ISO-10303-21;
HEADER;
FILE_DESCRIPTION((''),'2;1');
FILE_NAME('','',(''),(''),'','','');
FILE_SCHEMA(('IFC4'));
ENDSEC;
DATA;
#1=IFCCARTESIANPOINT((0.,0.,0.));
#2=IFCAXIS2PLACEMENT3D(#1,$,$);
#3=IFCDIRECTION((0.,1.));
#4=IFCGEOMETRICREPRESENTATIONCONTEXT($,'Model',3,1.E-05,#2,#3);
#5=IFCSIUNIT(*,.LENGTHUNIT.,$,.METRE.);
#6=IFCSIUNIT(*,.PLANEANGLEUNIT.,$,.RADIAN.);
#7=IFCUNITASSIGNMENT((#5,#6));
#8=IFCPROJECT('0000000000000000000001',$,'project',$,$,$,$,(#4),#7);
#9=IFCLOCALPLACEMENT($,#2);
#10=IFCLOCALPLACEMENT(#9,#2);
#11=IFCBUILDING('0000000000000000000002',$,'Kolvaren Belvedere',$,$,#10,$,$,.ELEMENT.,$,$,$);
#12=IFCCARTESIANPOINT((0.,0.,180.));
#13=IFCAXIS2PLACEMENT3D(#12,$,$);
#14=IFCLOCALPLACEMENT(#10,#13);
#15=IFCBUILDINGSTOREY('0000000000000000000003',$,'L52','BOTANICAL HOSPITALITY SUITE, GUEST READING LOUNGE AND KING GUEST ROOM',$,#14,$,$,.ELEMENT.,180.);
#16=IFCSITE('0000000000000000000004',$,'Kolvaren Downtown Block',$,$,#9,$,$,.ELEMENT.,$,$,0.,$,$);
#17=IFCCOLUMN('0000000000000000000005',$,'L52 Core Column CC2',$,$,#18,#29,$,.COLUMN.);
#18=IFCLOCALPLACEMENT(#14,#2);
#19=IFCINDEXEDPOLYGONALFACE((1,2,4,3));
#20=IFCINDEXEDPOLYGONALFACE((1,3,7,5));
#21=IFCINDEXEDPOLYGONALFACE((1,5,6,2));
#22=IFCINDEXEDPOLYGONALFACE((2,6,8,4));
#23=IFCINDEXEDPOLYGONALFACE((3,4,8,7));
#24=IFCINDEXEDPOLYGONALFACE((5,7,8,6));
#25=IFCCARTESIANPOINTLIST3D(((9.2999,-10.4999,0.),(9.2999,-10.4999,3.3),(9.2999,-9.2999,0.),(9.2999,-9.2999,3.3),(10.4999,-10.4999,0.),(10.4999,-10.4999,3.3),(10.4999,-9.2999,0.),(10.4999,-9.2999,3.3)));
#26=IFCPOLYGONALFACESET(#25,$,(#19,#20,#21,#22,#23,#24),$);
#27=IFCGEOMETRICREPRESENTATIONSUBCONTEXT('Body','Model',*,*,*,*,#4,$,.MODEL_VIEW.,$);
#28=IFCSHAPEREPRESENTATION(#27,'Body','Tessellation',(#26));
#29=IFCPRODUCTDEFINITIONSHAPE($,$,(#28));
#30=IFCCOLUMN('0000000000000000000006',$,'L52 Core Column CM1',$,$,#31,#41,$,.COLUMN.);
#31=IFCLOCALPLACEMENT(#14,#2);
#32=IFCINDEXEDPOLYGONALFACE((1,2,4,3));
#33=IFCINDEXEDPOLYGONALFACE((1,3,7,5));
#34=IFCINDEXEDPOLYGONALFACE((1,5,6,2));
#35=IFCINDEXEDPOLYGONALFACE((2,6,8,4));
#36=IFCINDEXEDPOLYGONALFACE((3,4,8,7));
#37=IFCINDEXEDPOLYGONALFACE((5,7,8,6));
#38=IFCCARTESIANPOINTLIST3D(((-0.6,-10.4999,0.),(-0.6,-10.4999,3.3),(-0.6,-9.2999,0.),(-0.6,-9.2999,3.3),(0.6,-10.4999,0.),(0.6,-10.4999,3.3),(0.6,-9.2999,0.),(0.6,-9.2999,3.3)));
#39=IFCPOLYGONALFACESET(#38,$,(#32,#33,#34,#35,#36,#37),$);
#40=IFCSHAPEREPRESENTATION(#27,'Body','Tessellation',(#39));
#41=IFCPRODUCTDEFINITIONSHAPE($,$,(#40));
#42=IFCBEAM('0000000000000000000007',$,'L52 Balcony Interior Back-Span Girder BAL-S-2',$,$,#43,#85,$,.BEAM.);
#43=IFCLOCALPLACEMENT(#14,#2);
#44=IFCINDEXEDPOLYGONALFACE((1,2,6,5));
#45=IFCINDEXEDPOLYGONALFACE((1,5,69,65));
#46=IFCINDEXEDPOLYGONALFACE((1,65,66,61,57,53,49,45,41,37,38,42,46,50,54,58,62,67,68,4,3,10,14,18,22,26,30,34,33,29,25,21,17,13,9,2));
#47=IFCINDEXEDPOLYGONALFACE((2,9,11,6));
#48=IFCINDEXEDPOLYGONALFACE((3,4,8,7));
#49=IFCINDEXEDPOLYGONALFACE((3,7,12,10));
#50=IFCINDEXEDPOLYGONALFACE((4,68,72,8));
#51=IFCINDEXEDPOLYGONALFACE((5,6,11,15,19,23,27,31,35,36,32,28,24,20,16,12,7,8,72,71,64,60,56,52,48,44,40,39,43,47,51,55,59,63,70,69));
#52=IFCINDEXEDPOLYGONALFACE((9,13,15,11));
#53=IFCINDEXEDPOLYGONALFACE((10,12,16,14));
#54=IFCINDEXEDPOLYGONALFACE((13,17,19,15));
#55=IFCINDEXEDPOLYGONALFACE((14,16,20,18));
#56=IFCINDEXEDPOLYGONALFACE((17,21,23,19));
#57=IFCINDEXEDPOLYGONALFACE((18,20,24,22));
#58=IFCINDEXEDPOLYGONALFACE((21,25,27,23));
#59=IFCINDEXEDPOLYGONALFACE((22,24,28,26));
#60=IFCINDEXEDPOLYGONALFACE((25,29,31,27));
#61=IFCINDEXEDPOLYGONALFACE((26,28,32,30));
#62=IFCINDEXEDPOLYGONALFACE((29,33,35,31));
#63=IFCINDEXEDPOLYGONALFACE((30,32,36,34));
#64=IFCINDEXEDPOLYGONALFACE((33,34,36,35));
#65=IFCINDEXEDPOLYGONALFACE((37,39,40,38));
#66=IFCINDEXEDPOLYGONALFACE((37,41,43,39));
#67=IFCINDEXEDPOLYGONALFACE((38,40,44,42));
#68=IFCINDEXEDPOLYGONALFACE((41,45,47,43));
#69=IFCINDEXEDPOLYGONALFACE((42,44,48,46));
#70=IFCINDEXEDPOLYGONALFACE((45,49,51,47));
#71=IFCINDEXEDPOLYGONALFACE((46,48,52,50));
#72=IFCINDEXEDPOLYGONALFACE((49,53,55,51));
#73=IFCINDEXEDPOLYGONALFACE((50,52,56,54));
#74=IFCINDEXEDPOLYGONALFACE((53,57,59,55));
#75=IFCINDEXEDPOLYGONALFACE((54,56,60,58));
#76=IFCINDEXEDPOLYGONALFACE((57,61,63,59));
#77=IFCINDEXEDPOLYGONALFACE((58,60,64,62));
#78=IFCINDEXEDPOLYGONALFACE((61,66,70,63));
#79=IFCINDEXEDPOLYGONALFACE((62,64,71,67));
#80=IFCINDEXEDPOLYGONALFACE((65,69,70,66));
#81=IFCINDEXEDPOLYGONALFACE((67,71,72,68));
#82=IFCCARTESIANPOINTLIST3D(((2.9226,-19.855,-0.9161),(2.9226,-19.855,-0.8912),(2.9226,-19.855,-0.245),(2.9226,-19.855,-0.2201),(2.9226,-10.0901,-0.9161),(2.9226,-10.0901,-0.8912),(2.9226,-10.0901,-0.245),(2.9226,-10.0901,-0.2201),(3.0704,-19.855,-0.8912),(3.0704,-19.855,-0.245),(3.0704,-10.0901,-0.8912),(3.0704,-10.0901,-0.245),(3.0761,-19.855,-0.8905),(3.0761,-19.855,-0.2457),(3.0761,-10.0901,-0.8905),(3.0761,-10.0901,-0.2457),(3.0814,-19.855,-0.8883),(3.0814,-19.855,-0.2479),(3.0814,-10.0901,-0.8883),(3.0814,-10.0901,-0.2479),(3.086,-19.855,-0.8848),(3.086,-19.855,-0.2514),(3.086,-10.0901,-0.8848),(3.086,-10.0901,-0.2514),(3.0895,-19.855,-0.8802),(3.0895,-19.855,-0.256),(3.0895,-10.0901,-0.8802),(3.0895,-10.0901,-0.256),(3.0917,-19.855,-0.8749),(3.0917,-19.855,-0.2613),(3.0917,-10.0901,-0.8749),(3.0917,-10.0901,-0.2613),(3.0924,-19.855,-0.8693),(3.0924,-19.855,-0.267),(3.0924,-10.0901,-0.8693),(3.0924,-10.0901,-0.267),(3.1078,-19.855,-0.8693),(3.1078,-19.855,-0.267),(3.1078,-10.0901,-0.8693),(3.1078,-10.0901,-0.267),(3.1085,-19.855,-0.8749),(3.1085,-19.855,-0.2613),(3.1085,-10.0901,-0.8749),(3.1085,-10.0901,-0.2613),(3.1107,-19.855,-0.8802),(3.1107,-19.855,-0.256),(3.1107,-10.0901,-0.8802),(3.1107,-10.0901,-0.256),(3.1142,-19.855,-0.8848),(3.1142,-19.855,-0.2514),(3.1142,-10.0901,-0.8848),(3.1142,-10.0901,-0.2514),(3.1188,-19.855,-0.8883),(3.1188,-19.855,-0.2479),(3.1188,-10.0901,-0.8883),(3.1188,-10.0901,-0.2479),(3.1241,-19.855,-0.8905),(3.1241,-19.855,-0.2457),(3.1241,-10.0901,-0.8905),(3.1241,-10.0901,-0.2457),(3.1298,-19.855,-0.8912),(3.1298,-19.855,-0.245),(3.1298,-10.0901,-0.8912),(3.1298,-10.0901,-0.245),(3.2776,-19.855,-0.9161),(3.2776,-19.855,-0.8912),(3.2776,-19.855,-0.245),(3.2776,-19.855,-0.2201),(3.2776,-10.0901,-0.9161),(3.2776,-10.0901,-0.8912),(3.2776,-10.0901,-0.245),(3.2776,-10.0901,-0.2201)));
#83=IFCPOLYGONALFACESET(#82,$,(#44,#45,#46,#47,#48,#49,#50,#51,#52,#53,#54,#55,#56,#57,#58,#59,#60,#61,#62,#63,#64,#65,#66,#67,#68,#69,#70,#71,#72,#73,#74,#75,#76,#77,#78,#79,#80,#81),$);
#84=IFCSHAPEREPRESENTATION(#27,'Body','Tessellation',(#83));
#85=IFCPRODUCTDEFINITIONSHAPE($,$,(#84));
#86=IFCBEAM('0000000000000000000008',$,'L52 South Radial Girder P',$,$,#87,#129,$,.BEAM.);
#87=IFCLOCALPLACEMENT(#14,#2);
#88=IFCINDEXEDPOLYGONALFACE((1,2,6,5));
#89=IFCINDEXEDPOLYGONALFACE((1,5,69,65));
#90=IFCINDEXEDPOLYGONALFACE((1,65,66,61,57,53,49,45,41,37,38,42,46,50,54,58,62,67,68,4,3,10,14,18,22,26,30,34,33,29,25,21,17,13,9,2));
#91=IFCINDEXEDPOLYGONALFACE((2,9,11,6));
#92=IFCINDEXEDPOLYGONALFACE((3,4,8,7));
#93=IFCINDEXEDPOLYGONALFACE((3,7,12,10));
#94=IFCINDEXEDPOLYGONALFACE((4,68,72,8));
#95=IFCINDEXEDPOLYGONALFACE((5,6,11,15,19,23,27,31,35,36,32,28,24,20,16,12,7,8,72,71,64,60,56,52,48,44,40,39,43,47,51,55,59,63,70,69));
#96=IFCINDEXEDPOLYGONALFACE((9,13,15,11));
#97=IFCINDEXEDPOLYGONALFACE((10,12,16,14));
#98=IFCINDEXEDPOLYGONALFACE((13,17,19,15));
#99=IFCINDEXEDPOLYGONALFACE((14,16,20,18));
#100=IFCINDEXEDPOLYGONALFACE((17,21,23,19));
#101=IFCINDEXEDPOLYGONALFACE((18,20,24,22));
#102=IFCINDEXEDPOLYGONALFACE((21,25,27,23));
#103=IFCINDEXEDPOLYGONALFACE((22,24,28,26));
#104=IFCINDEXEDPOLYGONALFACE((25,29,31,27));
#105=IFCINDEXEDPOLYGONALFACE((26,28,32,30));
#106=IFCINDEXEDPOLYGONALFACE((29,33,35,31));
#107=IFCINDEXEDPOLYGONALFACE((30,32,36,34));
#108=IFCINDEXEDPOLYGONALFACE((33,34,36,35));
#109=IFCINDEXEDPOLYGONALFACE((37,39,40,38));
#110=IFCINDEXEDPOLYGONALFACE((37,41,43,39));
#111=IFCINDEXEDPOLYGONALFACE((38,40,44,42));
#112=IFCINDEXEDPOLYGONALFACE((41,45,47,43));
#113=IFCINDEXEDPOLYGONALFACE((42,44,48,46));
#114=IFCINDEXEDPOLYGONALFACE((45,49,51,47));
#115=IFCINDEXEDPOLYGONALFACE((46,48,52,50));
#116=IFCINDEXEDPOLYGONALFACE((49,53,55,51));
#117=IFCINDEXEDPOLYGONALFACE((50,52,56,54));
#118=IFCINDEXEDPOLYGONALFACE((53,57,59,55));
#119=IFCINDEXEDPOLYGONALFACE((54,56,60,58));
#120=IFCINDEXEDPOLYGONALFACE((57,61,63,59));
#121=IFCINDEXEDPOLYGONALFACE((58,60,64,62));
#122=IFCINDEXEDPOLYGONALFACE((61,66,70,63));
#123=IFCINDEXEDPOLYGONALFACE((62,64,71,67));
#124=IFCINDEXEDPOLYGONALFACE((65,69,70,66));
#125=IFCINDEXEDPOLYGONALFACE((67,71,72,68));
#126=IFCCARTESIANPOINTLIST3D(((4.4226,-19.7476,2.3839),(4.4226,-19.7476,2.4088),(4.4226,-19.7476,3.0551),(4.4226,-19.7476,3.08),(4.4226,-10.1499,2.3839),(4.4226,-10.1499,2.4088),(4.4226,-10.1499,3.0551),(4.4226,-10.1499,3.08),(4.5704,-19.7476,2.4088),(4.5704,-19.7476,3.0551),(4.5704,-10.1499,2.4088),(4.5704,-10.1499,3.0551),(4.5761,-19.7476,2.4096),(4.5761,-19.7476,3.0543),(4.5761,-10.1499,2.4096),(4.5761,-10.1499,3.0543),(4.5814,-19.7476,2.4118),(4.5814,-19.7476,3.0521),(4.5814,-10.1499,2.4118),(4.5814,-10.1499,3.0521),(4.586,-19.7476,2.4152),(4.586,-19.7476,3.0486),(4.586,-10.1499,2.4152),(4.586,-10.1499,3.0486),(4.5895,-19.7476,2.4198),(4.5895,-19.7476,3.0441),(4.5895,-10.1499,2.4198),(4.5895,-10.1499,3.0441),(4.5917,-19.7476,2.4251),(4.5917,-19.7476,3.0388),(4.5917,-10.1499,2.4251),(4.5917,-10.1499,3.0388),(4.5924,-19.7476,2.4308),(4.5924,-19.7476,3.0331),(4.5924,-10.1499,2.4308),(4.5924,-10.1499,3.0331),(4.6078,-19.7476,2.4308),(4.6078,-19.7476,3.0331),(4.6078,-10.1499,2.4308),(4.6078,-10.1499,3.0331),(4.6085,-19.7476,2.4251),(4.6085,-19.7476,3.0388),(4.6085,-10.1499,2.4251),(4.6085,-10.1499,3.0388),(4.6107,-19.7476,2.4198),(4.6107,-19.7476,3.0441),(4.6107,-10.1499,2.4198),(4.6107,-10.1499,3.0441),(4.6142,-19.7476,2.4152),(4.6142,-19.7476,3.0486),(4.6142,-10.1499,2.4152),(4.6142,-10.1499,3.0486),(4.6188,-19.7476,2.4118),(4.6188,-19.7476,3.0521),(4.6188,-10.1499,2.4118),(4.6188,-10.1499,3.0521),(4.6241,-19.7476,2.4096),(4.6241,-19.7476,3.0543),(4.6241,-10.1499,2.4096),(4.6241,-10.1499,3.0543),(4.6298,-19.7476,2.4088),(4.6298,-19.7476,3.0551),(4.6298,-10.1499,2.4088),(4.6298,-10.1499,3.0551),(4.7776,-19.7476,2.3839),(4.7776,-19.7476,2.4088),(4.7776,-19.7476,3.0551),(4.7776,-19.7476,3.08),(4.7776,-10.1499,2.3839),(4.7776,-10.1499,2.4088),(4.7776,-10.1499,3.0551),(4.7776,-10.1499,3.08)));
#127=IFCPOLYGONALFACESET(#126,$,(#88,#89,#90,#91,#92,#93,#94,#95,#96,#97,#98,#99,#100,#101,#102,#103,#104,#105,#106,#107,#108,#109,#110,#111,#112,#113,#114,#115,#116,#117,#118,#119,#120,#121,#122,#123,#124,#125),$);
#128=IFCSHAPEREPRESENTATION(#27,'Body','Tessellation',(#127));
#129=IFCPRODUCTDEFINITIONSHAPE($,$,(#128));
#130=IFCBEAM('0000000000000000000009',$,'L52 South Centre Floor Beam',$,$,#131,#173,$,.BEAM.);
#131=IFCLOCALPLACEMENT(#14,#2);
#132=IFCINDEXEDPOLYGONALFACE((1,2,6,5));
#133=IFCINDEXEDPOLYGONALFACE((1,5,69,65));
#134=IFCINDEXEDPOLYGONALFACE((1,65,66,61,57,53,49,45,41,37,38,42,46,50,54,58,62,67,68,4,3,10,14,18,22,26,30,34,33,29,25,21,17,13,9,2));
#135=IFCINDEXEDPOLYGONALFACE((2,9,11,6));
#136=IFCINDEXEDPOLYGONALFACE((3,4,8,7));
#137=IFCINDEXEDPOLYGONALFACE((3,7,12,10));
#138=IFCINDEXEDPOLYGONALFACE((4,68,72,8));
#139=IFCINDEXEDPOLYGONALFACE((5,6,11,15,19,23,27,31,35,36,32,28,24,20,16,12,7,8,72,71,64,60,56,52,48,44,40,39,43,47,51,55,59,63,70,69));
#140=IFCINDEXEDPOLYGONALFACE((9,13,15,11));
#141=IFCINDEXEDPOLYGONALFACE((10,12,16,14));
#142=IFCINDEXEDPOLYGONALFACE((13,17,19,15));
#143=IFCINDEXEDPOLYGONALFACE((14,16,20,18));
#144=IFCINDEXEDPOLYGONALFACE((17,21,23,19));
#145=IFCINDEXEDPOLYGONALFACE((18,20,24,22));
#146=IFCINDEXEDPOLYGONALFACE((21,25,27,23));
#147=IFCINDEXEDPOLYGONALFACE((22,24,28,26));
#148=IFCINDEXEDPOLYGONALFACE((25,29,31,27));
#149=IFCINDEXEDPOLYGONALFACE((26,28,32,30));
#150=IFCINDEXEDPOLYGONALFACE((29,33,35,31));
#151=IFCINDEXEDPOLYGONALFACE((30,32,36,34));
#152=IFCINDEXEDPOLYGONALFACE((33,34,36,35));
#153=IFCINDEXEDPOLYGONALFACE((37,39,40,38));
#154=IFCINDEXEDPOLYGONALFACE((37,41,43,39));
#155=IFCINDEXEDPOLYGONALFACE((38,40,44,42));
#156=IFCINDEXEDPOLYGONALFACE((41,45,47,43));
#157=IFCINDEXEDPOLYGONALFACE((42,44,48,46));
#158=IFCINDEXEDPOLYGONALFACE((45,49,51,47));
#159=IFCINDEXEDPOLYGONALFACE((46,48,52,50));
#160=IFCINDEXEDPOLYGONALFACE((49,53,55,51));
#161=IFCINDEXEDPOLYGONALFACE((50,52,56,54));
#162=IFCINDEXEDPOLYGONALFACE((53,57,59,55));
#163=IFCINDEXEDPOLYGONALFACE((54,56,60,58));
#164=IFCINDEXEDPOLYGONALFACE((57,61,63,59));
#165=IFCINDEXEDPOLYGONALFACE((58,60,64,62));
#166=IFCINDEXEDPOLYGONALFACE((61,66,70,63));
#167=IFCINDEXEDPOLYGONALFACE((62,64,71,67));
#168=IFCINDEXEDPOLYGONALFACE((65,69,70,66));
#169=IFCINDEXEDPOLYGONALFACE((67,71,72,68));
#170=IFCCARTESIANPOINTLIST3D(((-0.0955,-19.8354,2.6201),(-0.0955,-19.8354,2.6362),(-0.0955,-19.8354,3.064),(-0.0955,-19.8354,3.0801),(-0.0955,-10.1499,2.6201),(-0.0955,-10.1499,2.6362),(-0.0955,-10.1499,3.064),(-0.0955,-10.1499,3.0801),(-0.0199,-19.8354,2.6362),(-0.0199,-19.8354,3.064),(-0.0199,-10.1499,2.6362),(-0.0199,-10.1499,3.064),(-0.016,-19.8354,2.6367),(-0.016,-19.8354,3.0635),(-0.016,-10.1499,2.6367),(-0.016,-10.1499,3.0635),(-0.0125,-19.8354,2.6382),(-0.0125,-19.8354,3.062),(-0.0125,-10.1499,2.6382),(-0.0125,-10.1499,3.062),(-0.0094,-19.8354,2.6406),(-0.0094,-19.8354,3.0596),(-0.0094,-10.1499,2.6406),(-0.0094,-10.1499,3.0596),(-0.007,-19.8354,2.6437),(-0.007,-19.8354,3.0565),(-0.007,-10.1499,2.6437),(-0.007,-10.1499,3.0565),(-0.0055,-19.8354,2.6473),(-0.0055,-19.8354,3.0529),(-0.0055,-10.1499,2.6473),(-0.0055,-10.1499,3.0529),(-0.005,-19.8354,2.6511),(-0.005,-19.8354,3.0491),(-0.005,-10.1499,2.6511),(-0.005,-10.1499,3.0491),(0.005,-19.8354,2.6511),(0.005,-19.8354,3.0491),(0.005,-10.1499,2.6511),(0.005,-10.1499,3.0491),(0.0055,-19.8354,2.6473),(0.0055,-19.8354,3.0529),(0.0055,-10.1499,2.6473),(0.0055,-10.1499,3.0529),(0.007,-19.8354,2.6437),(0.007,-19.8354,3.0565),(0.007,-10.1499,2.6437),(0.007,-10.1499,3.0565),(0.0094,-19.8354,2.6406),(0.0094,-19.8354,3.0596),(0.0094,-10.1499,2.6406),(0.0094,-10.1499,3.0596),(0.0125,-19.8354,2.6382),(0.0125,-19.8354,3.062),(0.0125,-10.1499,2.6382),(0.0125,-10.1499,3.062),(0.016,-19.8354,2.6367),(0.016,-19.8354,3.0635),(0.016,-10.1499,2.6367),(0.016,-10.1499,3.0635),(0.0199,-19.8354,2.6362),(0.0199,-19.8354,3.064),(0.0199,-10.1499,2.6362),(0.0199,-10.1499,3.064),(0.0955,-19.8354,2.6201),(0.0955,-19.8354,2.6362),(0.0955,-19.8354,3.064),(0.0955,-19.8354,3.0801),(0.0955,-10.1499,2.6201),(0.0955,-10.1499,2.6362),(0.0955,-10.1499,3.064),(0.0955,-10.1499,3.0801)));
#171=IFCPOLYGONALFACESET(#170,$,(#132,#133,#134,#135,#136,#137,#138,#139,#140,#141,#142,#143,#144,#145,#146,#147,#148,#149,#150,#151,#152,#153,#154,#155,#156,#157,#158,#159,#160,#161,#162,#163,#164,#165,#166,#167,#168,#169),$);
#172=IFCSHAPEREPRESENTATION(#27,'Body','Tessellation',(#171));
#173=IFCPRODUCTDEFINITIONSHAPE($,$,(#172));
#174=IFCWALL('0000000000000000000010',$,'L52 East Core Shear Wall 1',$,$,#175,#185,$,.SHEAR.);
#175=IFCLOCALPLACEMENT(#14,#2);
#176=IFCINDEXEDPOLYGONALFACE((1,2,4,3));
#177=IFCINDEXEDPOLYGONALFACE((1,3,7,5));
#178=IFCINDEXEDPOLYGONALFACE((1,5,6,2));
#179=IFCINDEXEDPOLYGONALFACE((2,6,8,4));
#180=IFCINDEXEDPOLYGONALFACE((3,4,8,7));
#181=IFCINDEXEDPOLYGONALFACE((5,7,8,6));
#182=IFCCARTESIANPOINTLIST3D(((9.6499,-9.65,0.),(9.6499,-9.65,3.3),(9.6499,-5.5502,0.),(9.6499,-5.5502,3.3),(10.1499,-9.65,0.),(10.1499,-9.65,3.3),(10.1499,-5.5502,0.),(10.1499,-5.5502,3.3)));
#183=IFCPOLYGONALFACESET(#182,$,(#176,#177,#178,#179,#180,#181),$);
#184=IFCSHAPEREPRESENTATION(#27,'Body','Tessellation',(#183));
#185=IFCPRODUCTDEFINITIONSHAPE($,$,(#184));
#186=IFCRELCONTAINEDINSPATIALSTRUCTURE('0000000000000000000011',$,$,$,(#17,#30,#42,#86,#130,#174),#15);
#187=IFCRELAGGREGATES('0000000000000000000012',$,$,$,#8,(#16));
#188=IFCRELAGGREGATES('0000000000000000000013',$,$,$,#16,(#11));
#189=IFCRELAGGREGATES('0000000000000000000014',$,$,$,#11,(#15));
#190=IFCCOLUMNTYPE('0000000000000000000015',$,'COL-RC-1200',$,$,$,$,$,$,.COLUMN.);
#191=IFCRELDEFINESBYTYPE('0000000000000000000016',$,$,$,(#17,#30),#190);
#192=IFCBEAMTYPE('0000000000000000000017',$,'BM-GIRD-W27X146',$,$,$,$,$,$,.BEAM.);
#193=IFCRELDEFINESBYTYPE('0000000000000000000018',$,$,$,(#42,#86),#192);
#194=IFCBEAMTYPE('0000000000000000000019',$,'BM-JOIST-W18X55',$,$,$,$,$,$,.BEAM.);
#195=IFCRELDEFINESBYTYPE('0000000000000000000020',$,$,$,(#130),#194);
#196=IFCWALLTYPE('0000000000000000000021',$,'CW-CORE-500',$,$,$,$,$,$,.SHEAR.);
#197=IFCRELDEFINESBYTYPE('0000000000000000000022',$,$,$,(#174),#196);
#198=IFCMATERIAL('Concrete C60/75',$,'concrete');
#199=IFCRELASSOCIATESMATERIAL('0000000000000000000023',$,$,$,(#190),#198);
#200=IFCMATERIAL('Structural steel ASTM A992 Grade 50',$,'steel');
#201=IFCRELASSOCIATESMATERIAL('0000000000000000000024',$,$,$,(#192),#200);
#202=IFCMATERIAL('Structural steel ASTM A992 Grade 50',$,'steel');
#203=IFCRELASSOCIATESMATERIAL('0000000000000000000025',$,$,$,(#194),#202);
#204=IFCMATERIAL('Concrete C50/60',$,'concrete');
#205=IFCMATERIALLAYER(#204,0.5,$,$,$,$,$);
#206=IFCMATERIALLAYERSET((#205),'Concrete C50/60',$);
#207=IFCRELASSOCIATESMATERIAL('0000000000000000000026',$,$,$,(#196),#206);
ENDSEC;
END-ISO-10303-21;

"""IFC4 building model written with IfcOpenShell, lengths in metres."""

from ifc_helpers import new_model, si_unit, direction, frame, frame_2d, origin, origin_2d, place, context, subcontext, project, spatial, rectangle, i_section, extrude, material, layer, layer_set, material_profile, profile_set, type_object, element, save


model = new_model("IFC4")

# Units and contexts
model_context = context("Model", 3, precision=1e-05, world=origin(), true_north=direction((0.0, 1.0)))
body_context = subcontext(model_context, "Body", "Model", "MODEL_VIEW")
ifc_project = project(units=[si_unit("LENGTHUNIT", "METRE"), si_unit("PLANEANGLEUNIT", "RADIAN")], contexts=[model_context])

# Site, building, storey
site_placement = place(None, origin())
site = spatial("IfcSite", under=ifc_project, at=site_placement, Name="Kolvaren Downtown Block", CompositionType="ELEMENT", RefElevation=0.0)
building_placement = place(site_placement, origin())
building = spatial("IfcBuilding", under=site, at=building_placement, Name="Kolvaren Belvedere", CompositionType="ELEMENT")
storey_placement = place(building_placement, frame((0.0, 0.0, 180.0)))
storey = spatial("IfcBuildingStorey", under=building, at=storey_placement, Name="L52", Description="BOTANICAL HOSPITALITY SUITE, GUEST READING LOUNGE AND KING GUEST ROOM", CompositionType="ELEMENT", Elevation=180.0)

# Columns
ifc_material_1 = material(Name="Concrete C60/75", Category="concrete")
ifc_material_profile_1 = material_profile(ifc_material_1, rectangle(XDim=1.2, YDim=1.2, at=origin_2d()), Name="RC 1200X1200")
ifc_profile_set_1 = profile_set([ifc_material_profile_1], Name="Concrete C60/75")
column_type = type_object("IfcColumnType", Name="COL-RC-1200", PredefinedType="COLUMN", material=ifc_profile_set_1)
for number, where, z_axis, x_axis, name in (
    (1, (9.8999, -9.8999, 0.0), (0.0, 0.0, 1.0), (1.0, 0.0, 0.0), "L52 Core Column CC2"),
    (2, (0.0, -9.8999, 0.0), (0.0, 0.0, 1.0), (1.0, 0.0, 0.0), "L52 Core Column CM1"),
):
    element("IfcColumn", number, at=place(storey_placement, frame(where, z_axis=z_axis, x_axis=x_axis)), inside=storey, type_object=column_type, Name=name, PredefinedType="COLUMN", context=body_context, shape_type="SweptSolid", body=[
        extrude(rectangle(XDim=1.2, YDim=1.2, at=origin_2d()), origin(), (0.0, 0.0, 1.0), 3.3),
    ])

# Beams
ifc_material_2 = material(Name="Structural steel ASTM A992 Grade 50", Category="steel")
ifc_material_profile_2 = material_profile(ifc_material_2, i_section(OverallWidth=0.355, OverallDepth=0.696, WebThickness=0.0154, FlangeThickness=0.0249, FilletRadius=0.022, at=origin_2d()), Name="W27X146")
ifc_profile_set_2 = profile_set([ifc_material_profile_2], Name="Structural steel ASTM A992 Grade 50")
beam_type_1 = type_object("IfcBeamType", Name="BM-GIRD-W27X146", PredefinedType="BEAM", material=ifc_profile_set_2)
beam_1_placement = place(storey_placement, frame((3.1001, -10.0901, -0.5681), z_axis=(0.0, -1.0, 0.0), x_axis=(1.0, 0.0, 0.0)))
element("IfcBeam", 3, at=beam_1_placement, inside=storey, type_object=beam_type_1, Name="L52 Balcony Interior Back-Span Girder BAL-S-2", PredefinedType="BEAM", context=body_context, shape_type="SweptSolid", body=[
    extrude(i_section(OverallWidth=0.355, OverallDepth=0.696, WebThickness=0.0154, FlangeThickness=0.0249, FilletRadius=0.022, at=origin_2d()), origin(), (0.0, 0.0, 1.0), 9.7649),
])
beam_2_placement = place(storey_placement, frame((4.6001, -10.1499, 2.7319), z_axis=(0.0, -1.0, 0.0), x_axis=(1.0, 0.0, 0.0)))
element("IfcBeam", 4, at=beam_2_placement, inside=storey, type_object=beam_type_1, Name="L52 South Radial Girder P", PredefinedType="BEAM", context=body_context, shape_type="SweptSolid", body=[
    extrude(i_section(OverallWidth=0.355, OverallDepth=0.696, WebThickness=0.0154, FlangeThickness=0.0249, FilletRadius=0.022, at=origin_2d()), origin(), (0.0, 0.0, 1.0), 9.5977),
])
ifc_material_3 = material(Name="Structural steel ASTM A992 Grade 50", Category="steel")
ifc_material_profile_3 = material_profile(ifc_material_3, i_section(OverallWidth=0.1909, OverallDepth=0.46, WebThickness=0.01, FlangeThickness=0.0161, FilletRadius=0.0149, at=origin_2d()), Name="W18X55")
ifc_profile_set_3 = profile_set([ifc_material_profile_3], Name="Structural steel ASTM A992 Grade 50")
beam_type_2 = type_object("IfcBeamType", Name="BM-JOIST-W18X55", PredefinedType="BEAM", material=ifc_profile_set_3)
beam_3_placement = place(storey_placement, frame((0.0, -10.1499, 2.8501), z_axis=(0.0, -1.0, 0.0), x_axis=(1.0, 0.0, 0.0)))
element("IfcBeam", 5, at=beam_3_placement, inside=storey, type_object=beam_type_2, Name="L52 South Centre Floor Beam", PredefinedType="BEAM", context=body_context, shape_type="SweptSolid", body=[
    extrude(i_section(OverallWidth=0.1909, OverallDepth=0.46, WebThickness=0.01, FlangeThickness=0.0161, FilletRadius=0.0149, at=origin_2d()), origin(), (0.0, 0.0, 1.0), 9.6855),
])

# Wall
ifc_material_4 = material(Name="Concrete C50/60", Category="concrete")
ifc_layer_1 = layer(ifc_material_4, 0.5)
ifc_layer_set_1 = layer_set([ifc_layer_1], Name="Concrete C50/60")
wall_type_1 = type_object("IfcWallType", Name="CW-CORE-500", PredefinedType="SHEAR", material=ifc_layer_set_1)
wall_1_placement = place(storey_placement, frame((9.8999, -9.6499, 0.0), z_axis=(0.0, 0.0, 1.0), x_axis=(0.0, 1.0, 0.0)))
element("IfcWall", 6, at=wall_1_placement, inside=storey, type_object=wall_type_1, Name="L52 East Core Shear Wall 1", PredefinedType="SHEAR", context=body_context, shape_type="SweptSolid", body=[
    extrude(rectangle(XDim=4.0999, YDim=0.5, at=frame_2d((2.0498, 0.0))), origin(), (0.0, 0.0, 1.0), 3.3),
])

save(model, "model.ifc")
